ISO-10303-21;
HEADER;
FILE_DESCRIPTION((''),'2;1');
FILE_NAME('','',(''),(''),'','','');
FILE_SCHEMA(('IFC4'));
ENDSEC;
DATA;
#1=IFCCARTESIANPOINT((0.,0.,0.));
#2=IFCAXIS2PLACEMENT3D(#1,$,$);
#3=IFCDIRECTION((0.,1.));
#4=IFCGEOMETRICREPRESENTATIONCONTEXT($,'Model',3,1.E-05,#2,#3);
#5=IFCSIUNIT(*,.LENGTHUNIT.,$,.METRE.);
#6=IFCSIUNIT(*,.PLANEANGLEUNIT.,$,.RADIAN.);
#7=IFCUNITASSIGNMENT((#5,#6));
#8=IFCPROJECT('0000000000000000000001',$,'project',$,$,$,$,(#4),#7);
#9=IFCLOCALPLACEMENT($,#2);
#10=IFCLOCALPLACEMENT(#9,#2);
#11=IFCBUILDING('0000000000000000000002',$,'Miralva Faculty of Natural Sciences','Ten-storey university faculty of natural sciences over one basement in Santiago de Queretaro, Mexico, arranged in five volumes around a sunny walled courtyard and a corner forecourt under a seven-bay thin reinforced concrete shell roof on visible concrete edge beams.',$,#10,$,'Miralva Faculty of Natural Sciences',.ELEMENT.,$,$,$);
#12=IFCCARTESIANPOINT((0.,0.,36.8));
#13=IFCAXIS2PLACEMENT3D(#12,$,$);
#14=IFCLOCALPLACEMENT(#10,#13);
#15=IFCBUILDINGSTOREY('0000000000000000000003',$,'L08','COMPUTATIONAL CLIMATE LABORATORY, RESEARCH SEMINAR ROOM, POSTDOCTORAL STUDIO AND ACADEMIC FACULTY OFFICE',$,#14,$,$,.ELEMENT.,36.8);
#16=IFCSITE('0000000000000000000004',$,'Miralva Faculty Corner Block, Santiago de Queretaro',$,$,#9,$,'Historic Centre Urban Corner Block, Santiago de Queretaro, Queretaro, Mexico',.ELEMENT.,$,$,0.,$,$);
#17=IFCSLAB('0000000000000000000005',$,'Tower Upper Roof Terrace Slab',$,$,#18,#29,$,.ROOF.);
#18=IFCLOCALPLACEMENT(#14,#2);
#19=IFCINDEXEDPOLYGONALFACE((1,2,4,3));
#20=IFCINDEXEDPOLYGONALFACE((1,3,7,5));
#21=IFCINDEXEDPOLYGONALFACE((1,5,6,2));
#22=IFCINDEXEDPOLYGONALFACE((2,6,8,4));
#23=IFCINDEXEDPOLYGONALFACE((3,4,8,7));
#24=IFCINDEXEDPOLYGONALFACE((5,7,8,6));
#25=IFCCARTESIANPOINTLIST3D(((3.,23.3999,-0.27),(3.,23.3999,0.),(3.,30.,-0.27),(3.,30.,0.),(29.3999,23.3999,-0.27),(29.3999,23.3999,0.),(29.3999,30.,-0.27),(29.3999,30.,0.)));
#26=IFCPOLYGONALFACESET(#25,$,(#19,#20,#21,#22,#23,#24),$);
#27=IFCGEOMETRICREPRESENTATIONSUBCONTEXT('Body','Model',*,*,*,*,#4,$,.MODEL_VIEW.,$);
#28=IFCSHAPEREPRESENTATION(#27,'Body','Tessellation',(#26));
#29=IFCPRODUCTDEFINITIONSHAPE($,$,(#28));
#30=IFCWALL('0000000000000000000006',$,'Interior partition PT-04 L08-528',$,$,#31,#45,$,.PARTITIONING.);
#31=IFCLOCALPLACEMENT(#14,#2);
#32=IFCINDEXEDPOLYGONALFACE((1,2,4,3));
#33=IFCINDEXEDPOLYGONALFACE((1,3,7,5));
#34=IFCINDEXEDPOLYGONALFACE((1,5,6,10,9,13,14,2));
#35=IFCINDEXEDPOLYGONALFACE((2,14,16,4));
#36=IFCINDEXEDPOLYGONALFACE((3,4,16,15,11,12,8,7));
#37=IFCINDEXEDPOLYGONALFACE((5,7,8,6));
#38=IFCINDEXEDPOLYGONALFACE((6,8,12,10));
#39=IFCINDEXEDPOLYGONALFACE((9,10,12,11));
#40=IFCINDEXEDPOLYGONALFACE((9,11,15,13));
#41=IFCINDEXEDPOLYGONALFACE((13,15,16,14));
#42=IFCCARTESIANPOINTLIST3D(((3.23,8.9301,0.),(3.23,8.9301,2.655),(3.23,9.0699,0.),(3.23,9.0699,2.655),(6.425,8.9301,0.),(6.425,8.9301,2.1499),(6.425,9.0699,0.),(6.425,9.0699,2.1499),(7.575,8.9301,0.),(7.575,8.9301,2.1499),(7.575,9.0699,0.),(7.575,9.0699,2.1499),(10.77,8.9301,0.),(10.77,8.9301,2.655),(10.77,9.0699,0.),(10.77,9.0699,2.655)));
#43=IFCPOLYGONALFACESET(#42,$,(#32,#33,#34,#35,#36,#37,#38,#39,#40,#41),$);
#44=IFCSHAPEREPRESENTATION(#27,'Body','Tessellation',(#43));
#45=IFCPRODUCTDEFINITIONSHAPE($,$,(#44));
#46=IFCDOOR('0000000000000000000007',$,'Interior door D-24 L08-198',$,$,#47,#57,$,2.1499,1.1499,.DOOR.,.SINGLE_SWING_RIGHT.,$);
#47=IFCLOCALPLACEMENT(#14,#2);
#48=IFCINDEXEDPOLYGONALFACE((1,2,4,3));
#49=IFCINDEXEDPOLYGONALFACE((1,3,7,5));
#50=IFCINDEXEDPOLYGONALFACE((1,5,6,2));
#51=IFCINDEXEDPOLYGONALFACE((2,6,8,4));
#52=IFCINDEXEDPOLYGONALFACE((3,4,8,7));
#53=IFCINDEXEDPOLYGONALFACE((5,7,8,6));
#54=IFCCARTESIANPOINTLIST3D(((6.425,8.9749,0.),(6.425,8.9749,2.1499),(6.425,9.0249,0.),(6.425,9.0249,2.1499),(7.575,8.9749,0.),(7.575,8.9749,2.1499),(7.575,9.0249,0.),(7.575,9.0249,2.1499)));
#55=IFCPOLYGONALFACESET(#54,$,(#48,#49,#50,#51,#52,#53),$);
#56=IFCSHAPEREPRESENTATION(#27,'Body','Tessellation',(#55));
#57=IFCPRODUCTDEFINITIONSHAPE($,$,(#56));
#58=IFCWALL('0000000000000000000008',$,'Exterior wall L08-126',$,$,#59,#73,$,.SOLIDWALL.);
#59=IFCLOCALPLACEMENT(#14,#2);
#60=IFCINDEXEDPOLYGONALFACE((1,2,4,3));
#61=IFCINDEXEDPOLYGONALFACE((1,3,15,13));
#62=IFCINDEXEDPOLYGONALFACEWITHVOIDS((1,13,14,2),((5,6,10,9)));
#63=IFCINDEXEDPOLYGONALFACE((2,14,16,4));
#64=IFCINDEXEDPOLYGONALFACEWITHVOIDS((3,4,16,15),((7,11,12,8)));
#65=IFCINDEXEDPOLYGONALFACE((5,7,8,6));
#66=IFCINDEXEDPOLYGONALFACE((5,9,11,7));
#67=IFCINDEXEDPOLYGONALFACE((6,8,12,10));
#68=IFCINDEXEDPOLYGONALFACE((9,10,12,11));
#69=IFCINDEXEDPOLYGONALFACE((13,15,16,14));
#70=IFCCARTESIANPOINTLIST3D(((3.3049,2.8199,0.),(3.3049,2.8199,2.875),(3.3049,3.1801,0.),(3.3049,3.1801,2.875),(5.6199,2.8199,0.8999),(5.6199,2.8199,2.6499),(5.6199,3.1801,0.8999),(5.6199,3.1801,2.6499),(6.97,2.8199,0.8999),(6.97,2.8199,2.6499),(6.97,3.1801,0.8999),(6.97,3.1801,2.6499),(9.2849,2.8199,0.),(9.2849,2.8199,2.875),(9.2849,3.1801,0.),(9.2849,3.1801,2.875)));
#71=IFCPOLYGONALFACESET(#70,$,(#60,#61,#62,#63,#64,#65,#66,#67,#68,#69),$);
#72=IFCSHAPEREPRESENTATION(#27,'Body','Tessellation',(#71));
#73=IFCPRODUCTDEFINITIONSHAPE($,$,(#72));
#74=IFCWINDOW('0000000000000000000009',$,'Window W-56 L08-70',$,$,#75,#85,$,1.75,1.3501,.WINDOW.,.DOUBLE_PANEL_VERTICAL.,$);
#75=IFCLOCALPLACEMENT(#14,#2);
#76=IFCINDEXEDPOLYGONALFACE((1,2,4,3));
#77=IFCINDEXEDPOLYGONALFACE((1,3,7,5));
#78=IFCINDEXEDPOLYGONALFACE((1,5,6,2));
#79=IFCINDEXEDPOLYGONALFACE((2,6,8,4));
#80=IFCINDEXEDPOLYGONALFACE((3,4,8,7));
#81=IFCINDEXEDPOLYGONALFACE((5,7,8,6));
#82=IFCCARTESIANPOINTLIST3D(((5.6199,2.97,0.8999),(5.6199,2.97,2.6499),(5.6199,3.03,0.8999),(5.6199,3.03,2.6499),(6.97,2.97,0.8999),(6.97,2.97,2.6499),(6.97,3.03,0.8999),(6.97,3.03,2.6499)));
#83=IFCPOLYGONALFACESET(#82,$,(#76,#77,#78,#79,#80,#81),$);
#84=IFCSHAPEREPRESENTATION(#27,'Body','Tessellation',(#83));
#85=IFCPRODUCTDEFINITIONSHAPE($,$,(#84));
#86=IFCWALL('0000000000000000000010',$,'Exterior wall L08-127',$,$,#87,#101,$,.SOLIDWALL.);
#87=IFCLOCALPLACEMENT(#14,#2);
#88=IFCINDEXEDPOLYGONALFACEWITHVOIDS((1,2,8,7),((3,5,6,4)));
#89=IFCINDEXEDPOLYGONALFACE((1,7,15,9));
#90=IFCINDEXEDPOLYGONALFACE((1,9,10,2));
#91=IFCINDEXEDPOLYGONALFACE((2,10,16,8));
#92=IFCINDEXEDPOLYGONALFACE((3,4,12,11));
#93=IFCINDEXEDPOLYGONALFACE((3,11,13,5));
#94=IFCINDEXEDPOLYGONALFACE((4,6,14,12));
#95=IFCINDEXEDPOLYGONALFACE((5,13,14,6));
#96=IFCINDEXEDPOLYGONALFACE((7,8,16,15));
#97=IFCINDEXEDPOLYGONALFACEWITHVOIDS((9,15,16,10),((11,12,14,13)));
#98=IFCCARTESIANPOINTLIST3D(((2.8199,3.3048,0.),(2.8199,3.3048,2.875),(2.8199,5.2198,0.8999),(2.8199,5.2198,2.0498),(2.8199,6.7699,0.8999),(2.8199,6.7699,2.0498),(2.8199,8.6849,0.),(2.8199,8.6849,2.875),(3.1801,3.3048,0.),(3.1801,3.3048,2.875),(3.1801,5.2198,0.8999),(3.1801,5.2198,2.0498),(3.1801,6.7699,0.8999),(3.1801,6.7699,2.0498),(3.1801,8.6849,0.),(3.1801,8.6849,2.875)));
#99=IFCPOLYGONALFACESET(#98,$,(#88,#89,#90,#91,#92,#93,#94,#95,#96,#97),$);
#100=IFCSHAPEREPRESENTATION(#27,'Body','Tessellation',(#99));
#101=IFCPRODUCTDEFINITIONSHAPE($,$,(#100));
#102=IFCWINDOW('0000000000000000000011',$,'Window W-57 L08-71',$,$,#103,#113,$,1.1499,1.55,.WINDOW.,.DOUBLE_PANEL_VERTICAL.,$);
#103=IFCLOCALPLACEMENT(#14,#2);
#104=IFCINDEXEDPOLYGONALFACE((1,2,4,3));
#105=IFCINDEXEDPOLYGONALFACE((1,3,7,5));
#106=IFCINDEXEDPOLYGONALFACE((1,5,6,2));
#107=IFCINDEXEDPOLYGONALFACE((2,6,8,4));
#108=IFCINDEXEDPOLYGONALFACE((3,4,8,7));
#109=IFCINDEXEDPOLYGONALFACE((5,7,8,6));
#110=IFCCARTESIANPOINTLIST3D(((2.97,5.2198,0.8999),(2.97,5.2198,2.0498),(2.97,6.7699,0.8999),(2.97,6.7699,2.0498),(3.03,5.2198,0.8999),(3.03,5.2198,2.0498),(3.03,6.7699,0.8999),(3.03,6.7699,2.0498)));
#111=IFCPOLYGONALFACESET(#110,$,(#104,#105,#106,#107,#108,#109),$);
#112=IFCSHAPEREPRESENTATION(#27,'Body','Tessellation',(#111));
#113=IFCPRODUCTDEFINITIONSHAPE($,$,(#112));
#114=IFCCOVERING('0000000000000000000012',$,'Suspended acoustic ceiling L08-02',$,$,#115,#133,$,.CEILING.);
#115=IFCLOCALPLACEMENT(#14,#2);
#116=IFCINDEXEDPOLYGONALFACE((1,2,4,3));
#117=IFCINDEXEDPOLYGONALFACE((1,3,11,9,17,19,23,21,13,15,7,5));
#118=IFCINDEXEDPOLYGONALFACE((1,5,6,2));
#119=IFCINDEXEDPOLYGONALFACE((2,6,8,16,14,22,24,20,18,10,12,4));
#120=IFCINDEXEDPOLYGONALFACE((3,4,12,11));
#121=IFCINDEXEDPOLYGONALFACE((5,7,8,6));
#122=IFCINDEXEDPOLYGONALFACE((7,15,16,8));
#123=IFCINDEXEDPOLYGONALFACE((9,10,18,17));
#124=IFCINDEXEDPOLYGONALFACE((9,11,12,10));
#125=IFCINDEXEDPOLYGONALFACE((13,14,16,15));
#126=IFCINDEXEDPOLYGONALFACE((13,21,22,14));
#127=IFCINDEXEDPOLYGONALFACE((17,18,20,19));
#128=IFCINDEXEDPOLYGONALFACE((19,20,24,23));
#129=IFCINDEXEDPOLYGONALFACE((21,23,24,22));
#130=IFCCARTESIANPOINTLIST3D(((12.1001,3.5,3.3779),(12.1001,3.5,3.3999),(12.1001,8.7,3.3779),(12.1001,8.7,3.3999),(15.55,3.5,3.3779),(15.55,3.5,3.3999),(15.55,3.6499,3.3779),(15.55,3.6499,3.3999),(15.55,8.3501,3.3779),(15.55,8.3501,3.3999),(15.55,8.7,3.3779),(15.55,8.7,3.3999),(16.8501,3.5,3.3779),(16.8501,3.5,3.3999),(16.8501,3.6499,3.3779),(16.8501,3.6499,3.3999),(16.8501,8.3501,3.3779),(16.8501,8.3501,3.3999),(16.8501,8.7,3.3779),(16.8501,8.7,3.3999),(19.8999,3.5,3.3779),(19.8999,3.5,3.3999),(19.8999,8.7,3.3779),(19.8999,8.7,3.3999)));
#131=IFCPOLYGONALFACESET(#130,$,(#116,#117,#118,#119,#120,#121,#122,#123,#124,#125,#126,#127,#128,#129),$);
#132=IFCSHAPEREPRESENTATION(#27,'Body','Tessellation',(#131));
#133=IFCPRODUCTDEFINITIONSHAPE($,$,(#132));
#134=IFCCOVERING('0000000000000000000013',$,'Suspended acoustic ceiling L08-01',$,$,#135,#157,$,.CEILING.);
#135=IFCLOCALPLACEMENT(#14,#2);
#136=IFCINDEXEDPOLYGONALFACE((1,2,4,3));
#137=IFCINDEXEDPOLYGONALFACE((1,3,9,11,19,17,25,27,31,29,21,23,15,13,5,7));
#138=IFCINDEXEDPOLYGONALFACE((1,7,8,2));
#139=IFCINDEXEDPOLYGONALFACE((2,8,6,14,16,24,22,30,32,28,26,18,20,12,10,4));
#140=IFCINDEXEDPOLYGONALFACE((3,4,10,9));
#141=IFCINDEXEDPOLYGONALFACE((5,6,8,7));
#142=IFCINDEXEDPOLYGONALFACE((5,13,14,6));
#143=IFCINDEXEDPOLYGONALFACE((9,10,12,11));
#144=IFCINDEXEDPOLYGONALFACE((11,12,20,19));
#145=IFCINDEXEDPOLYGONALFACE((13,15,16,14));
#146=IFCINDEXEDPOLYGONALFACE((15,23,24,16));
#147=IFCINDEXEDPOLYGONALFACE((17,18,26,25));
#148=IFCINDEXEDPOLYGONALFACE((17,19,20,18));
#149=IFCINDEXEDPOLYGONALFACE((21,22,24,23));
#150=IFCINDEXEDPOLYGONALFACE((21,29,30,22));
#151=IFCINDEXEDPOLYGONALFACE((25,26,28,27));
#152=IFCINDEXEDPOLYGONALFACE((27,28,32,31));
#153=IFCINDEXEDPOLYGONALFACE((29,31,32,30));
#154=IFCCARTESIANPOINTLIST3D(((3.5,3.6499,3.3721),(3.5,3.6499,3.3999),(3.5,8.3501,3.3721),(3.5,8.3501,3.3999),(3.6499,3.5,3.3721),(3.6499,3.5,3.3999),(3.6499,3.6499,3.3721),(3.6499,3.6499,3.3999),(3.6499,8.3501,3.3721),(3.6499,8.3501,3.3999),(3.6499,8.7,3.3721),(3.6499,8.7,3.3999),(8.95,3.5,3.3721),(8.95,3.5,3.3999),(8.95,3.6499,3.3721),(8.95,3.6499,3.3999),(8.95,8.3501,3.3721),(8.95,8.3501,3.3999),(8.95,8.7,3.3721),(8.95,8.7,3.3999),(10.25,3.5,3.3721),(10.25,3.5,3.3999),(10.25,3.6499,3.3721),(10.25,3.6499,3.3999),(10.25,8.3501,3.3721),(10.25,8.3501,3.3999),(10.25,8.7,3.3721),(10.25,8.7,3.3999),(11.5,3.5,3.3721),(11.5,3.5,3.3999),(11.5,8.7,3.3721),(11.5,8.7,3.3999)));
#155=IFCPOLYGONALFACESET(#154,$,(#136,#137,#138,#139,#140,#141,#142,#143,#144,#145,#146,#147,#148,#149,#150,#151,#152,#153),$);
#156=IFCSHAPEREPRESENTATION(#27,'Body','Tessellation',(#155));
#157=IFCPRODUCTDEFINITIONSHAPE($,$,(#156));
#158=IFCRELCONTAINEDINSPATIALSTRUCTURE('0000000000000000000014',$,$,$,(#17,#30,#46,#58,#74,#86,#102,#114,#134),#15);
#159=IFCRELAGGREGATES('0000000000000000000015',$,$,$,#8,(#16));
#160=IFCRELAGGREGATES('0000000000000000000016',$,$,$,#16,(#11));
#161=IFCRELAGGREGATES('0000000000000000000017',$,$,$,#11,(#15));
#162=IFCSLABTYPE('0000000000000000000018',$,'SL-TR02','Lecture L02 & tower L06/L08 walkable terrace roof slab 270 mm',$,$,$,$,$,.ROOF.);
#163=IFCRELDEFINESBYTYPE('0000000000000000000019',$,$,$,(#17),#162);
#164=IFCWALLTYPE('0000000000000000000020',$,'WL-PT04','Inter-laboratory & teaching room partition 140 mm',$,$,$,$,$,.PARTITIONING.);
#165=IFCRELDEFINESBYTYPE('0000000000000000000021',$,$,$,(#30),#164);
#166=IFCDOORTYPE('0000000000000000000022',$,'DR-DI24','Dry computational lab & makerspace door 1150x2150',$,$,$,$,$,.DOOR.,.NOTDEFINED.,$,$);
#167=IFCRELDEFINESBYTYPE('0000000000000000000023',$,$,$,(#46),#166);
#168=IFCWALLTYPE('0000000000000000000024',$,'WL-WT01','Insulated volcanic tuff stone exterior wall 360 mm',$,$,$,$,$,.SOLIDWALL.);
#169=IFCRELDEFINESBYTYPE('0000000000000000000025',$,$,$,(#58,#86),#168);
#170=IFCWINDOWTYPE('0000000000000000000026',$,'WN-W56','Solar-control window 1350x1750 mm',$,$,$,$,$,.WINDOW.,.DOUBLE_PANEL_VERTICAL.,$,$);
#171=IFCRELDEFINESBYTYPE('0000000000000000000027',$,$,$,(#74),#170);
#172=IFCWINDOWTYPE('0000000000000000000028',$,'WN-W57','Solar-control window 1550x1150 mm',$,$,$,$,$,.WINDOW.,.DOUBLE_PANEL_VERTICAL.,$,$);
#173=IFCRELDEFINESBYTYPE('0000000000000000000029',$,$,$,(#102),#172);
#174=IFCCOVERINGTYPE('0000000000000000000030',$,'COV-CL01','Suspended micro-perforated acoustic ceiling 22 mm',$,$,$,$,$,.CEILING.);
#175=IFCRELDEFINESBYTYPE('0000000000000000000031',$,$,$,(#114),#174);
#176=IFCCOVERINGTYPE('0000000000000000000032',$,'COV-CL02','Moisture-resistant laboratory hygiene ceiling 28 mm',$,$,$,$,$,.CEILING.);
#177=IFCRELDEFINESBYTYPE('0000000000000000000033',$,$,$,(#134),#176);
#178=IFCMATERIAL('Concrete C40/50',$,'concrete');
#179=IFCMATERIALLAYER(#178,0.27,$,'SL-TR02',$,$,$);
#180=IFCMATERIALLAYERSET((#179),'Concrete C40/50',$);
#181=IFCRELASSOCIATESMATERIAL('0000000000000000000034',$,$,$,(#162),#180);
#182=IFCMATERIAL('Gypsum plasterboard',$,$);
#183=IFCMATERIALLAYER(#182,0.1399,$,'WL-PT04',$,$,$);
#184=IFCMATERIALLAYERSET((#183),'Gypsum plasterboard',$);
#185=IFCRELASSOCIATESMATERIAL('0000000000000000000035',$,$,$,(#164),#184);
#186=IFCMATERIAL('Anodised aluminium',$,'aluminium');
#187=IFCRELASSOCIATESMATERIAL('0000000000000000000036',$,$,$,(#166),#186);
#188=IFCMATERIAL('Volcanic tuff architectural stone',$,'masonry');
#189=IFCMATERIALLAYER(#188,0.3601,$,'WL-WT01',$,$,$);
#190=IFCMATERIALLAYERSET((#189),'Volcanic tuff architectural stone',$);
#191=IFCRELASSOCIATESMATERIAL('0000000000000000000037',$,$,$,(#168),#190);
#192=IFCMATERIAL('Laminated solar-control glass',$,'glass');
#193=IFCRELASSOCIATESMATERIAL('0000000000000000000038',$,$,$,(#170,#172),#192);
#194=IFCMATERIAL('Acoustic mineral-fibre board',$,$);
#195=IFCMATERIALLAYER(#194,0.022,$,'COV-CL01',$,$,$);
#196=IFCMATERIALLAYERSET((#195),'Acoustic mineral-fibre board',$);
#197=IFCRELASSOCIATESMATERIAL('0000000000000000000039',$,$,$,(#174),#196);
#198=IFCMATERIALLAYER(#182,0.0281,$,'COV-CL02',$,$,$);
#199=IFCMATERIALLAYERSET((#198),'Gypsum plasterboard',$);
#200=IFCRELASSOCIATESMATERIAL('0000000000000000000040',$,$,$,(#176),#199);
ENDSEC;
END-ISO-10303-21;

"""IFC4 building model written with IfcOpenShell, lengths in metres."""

from ifc_helpers import new_model, si_unit, direction, frame, frame_2d, origin, place, context, subcontext, project, spatial, polyline, rectangle, outline, extrude, material, layer, layer_set, type_object, element, fill, save


model = new_model("IFC4")

# Units and contexts
model_context = context("Model", 3, precision=1e-05, world=origin(), true_north=direction((0.0, 1.0)))
body_context = subcontext(model_context, "Body", "Model", "MODEL_VIEW")
ifc_project = project(units=[si_unit("LENGTHUNIT", "METRE"), si_unit("PLANEANGLEUNIT", "RADIAN")], contexts=[model_context])

# Site, building, storey
site_placement = place(None, origin())
site = spatial("IfcSite", under=ifc_project, at=site_placement, Name="Miralva Faculty Corner Block, Santiago de Queretaro", LongName="Historic Centre Urban Corner Block, Santiago de Queretaro, Queretaro, Mexico", CompositionType="ELEMENT", RefElevation=0.0)
building_placement = place(site_placement, origin())
building = spatial("IfcBuilding", under=site, at=building_placement, Name="Miralva Faculty of Natural Sciences", Description="Ten-storey university faculty of natural sciences over one basement in Santiago de Queretaro, Mexico, arranged in five volumes around a sunny walled courtyard and a corner forecourt under a seven-bay thin reinforced concrete shell roof on visible concrete edge beams.", LongName="Miralva Faculty of Natural Sciences", CompositionType="ELEMENT")
storey_placement = place(building_placement, frame((0.0, 0.0, 36.8)))
storey = spatial("IfcBuildingStorey", under=building, at=storey_placement, Name="L08", Description="COMPUTATIONAL CLIMATE LABORATORY, RESEARCH SEMINAR ROOM, POSTDOCTORAL STUDIO AND ACADEMIC FACULTY OFFICE", CompositionType="ELEMENT", Elevation=36.8)

# Shared definitions
ifc_material_1 = material(Name="Concrete C40/50", Category="concrete")

# Slab
ifc_layer_1 = layer(ifc_material_1, 0.27, Name="SL-TR02")
ifc_layer_set_1 = layer_set([ifc_layer_1], Name="Concrete C40/50")
slab_type_1 = type_object("IfcSlabType", Name="SL-TR02", Description="Lecture L02 & tower L06/L08 walkable terrace roof slab 270 mm", PredefinedType="ROOF", material=ifc_layer_set_1)
slab_1_placement = place(storey_placement, frame((0.0, 0.0, -0.27)))
element("IfcSlab", 1, at=slab_1_placement, inside=storey, type_object=slab_type_1, Name="Tower Upper Roof Terrace Slab", PredefinedType="ROOF", context=body_context, shape_type="SweptSolid", body=[
    extrude(outline(polyline([(29.3999, 23.3999), (3.0, 23.3999), (3.0, 30.0), (29.3999, 30.0), (29.3999, 23.3999)])), origin(), (0.0, 0.0, 1.0), 0.27),
])

# Wall, opening, door
ifc_material_2 = material(Name="Gypsum plasterboard")
ifc_layer_2 = layer(ifc_material_2, 0.1399, Name="WL-PT04")
ifc_layer_set_2 = layer_set([ifc_layer_2], Name="Gypsum plasterboard")
wall_type_1 = type_object("IfcWallType", Name="WL-PT04", Description="Inter-laboratory & teaching room partition 140 mm", PredefinedType="PARTITIONING", material=ifc_layer_set_2)
wall_1_placement = place(storey_placement, frame((3.23, 9.0, 0.0), z_axis=(0.0, 0.0, 1.0), x_axis=(1.0, 0.0, 0.0)))
wall_1 = element("IfcWall", 2, at=wall_1_placement, inside=storey, type_object=wall_type_1, Name="Interior partition PT-04 L08-528", PredefinedType="PARTITIONING", context=body_context, shape_type="SweptSolid", body=[
    extrude(rectangle(XDim=7.54, YDim=0.1399, at=frame_2d((3.77, 0.0))), origin(), (0.0, 0.0, 1.0), 2.655),
])
opening_1_placement = place(wall_1_placement, frame((3.1951, 0.0, 0.0)))
opening_1 = element("IfcOpeningElement", 3, at=opening_1_placement, cuts=wall_1, PredefinedType="OPENING", context=body_context, shape_type="SweptSolid", body=[
    extrude(rectangle(XDim=1.1499, YDim=2.1499, at=frame_2d((0.575, 1.075))), frame((0.0, 0.0798, 0.0), z_axis=(0.0, -1.0, 0.0), x_axis=(1.0, 0.0, 0.0)), (0.0, 0.0, 1.0), 0.1599),
])
ifc_material_3 = material(Name="Anodised aluminium", Category="aluminium")
door_type = type_object("IfcDoorType", Name="DR-DI24", Description="Dry computational lab & makerspace door 1150x2150", OperationType="NOTDEFINED", PredefinedType="DOOR", material=ifc_material_3)
door_placement = place(opening_1_placement, origin())
door = element("IfcDoor", 4, at=door_placement, inside=storey, type_object=door_type, Name="Interior door D-24 L08-198", OperationType="SINGLE_SWING_RIGHT", OverallHeight=2.1499, OverallWidth=1.1499, PredefinedType="DOOR", context=body_context, shape_type="SweptSolid", body=[
    extrude(rectangle(XDim=1.1499, YDim=2.1499, at=frame_2d((0.575, 1.075))), frame((0.0, 0.0249, 0.0), z_axis=(0.0, -1.0, 0.0), x_axis=(1.0, 0.0, 0.0)), (0.0, 0.0, 1.0), 0.05),
])
fill(opening_1, door)

# Walls, openings, windows
ifc_material_4 = material(Name="Volcanic tuff architectural stone", Category="masonry")
ifc_layer_3 = layer(ifc_material_4, 0.3601, Name="WL-WT01")
ifc_layer_set_3 = layer_set([ifc_layer_3], Name="Volcanic tuff architectural stone")
wall_type_2 = type_object("IfcWallType", Name="WL-WT01", Description="Insulated volcanic tuff stone exterior wall 360 mm", PredefinedType="SOLIDWALL", material=ifc_layer_set_3)
wall_2_placement = place(storey_placement, frame((3.3049, 3.0, 0.0), z_axis=(0.0, 0.0, 1.0), x_axis=(1.0, 0.0, 0.0)))
wall_2 = element("IfcWall", 5, at=wall_2_placement, inside=storey, type_object=wall_type_2, Name="Exterior wall L08-126", PredefinedType="SOLIDWALL", context=body_context, shape_type="SweptSolid", body=[
    extrude(rectangle(XDim=5.98, YDim=0.3601, at=frame_2d((2.99, 0.0))), origin(), (0.0, 0.0, 1.0), 2.875),
])
opening_2_placement = place(wall_2_placement, frame((2.3149, 0.0, 0.8999)))
opening_2 = element("IfcOpeningElement", 6, at=opening_2_placement, cuts=wall_2, PredefinedType="OPENING", context=body_context, shape_type="SweptSolid", body=[
    extrude(rectangle(XDim=1.3501, YDim=1.75, at=frame_2d((0.675, 0.875))), frame((0.0, 0.1899, 0.0), z_axis=(0.0, -1.0, 0.0), x_axis=(1.0, 0.0, 0.0)), (0.0, 0.0, 1.0), 0.3801),
])
ifc_material_5 = material(Name="Laminated solar-control glass", Category="glass")
window_type_1 = type_object("IfcWindowType", Name="WN-W56", Description="Solar-control window 1350x1750 mm", PartitioningType="DOUBLE_PANEL_VERTICAL", PredefinedType="WINDOW", material=ifc_material_5)
window_1_placement = place(opening_2_placement, frame((1.3501, 0.0, 0.0), z_axis=(0.0, 0.0, 1.0), x_axis=(-1.0, 0.0, 0.0)))
window_1 = element("IfcWindow", 7, at=window_1_placement, inside=storey, type_object=window_type_1, Name="Window W-56 L08-70", OverallHeight=1.75, OverallWidth=1.3501, PartitioningType="DOUBLE_PANEL_VERTICAL", PredefinedType="WINDOW", context=body_context, shape_type="SweptSolid", body=[
    extrude(rectangle(XDim=1.3501, YDim=1.75, at=frame_2d((0.675, 0.875))), frame((0.0, 0.03, 0.0), z_axis=(0.0, -1.0, 0.0), x_axis=(1.0, 0.0, 0.0)), (0.0, 0.0, 1.0), 0.0601),
])
fill(opening_2, window_1)
wall_3_placement = place(storey_placement, frame((3.0, 3.3049, 0.0), z_axis=(0.0, 0.0, 1.0), x_axis=(0.0, 1.0, 0.0)))
wall_3 = element("IfcWall", 8, at=wall_3_placement, inside=storey, type_object=wall_type_2, Name="Exterior wall L08-127", PredefinedType="SOLIDWALL", context=body_context, shape_type="SweptSolid", body=[
    extrude(rectangle(XDim=5.3801, YDim=0.3601, at=frame_2d((2.6899, 0.0))), origin(), (0.0, 0.0, 1.0), 2.875),
])
opening_3_placement = place(wall_3_placement, frame((1.915, 0.0, 0.8999)))
opening_3 = element("IfcOpeningElement", 9, at=opening_3_placement, cuts=wall_3, PredefinedType="OPENING", context=body_context, shape_type="SweptSolid", body=[
    extrude(rectangle(XDim=1.55, YDim=1.1499, at=frame_2d((0.7749, 0.575))), frame((0.0, 0.1899, 0.0), z_axis=(0.0, -1.0, 0.0), x_axis=(1.0, 0.0, 0.0)), (0.0, 0.0, 1.0), 0.3801),
])
window_type_2 = type_object("IfcWindowType", Name="WN-W57", Description="Solar-control window 1550x1150 mm", PartitioningType="DOUBLE_PANEL_VERTICAL", PredefinedType="WINDOW", material=ifc_material_5)
window_2_placement = place(opening_3_placement, origin())
window_2 = element("IfcWindow", 10, at=window_2_placement, inside=storey, type_object=window_type_2, Name="Window W-57 L08-71", OverallHeight=1.1499, OverallWidth=1.55, PartitioningType="DOUBLE_PANEL_VERTICAL", PredefinedType="WINDOW", context=body_context, shape_type="SweptSolid", body=[
    extrude(rectangle(XDim=1.55, YDim=1.1499, at=frame_2d((0.7749, 0.575))), frame((0.0, 0.03, 0.0), z_axis=(0.0, -1.0, 0.0), x_axis=(1.0, 0.0, 0.0)), (0.0, 0.0, 1.0), 0.0601),
])
fill(opening_3, window_2)

# Coverings
ifc_material_6 = material(Name="Acoustic mineral-fibre board")
ifc_layer_4 = layer(ifc_material_6, 0.022, Name="COV-CL01")
ifc_layer_set_4 = layer_set([ifc_layer_4], Name="Acoustic mineral-fibre board")
covering_type_1 = type_object("IfcCoveringType", Name="COV-CL01", Description="Suspended micro-perforated acoustic ceiling 22 mm", PredefinedType="CEILING", material=ifc_layer_set_4)
covering_1_placement = place(storey_placement, frame((0.0, 0.0, 3.3779)))
element("IfcCovering", 11, at=covering_1_placement, inside=storey, type_object=covering_type_1, Name="Suspended acoustic ceiling L08-02", PredefinedType="CEILING", context=body_context, shape_type="SweptSolid", body=[
    extrude(outline(polyline([(15.55, 8.3501), (16.8501, 8.3501), (16.8501, 8.7), (19.8999, 8.7), (19.8999, 3.5), (16.8501, 3.5), (16.8501, 3.6499), (15.55, 3.6499), (15.55, 3.5), (12.1001, 3.5), (12.1001, 8.7), (15.55, 8.7), (15.55, 8.3501)])), origin(), (0.0, 0.0, 1.0), 0.022),
])
ifc_layer_5 = layer(ifc_material_2, 0.0281, Name="COV-CL02")
ifc_layer_set_5 = layer_set([ifc_layer_5], Name="Gypsum plasterboard")
covering_type_2 = type_object("IfcCoveringType", Name="COV-CL02", Description="Moisture-resistant laboratory hygiene ceiling 28 mm", PredefinedType="CEILING", material=ifc_layer_set_5)
covering_2_placement = place(storey_placement, frame((0.0, 0.0, 3.3721)))
element("IfcCovering", 12, at=covering_2_placement, inside=storey, type_object=covering_type_2, Name="Suspended acoustic ceiling L08-01", PredefinedType="CEILING", context=body_context, shape_type="SweptSolid", body=[
    extrude(outline(polyline([(8.95, 8.3501), (10.25, 8.3501), (10.25, 8.7), (11.5, 8.7), (11.5, 3.5), (10.25, 3.5), (10.25, 3.6499), (8.95, 3.6499), (8.95, 3.5), (3.6499, 3.5), (3.6499, 3.6499), (3.5, 3.6499), (3.5, 8.3501), (3.6499, 8.3501), (3.6499, 8.7), (8.95, 8.7), (8.95, 8.3501)])), origin(), (0.0, 0.0, 1.0), 0.0278),
])

save(model, "model.ifc")
